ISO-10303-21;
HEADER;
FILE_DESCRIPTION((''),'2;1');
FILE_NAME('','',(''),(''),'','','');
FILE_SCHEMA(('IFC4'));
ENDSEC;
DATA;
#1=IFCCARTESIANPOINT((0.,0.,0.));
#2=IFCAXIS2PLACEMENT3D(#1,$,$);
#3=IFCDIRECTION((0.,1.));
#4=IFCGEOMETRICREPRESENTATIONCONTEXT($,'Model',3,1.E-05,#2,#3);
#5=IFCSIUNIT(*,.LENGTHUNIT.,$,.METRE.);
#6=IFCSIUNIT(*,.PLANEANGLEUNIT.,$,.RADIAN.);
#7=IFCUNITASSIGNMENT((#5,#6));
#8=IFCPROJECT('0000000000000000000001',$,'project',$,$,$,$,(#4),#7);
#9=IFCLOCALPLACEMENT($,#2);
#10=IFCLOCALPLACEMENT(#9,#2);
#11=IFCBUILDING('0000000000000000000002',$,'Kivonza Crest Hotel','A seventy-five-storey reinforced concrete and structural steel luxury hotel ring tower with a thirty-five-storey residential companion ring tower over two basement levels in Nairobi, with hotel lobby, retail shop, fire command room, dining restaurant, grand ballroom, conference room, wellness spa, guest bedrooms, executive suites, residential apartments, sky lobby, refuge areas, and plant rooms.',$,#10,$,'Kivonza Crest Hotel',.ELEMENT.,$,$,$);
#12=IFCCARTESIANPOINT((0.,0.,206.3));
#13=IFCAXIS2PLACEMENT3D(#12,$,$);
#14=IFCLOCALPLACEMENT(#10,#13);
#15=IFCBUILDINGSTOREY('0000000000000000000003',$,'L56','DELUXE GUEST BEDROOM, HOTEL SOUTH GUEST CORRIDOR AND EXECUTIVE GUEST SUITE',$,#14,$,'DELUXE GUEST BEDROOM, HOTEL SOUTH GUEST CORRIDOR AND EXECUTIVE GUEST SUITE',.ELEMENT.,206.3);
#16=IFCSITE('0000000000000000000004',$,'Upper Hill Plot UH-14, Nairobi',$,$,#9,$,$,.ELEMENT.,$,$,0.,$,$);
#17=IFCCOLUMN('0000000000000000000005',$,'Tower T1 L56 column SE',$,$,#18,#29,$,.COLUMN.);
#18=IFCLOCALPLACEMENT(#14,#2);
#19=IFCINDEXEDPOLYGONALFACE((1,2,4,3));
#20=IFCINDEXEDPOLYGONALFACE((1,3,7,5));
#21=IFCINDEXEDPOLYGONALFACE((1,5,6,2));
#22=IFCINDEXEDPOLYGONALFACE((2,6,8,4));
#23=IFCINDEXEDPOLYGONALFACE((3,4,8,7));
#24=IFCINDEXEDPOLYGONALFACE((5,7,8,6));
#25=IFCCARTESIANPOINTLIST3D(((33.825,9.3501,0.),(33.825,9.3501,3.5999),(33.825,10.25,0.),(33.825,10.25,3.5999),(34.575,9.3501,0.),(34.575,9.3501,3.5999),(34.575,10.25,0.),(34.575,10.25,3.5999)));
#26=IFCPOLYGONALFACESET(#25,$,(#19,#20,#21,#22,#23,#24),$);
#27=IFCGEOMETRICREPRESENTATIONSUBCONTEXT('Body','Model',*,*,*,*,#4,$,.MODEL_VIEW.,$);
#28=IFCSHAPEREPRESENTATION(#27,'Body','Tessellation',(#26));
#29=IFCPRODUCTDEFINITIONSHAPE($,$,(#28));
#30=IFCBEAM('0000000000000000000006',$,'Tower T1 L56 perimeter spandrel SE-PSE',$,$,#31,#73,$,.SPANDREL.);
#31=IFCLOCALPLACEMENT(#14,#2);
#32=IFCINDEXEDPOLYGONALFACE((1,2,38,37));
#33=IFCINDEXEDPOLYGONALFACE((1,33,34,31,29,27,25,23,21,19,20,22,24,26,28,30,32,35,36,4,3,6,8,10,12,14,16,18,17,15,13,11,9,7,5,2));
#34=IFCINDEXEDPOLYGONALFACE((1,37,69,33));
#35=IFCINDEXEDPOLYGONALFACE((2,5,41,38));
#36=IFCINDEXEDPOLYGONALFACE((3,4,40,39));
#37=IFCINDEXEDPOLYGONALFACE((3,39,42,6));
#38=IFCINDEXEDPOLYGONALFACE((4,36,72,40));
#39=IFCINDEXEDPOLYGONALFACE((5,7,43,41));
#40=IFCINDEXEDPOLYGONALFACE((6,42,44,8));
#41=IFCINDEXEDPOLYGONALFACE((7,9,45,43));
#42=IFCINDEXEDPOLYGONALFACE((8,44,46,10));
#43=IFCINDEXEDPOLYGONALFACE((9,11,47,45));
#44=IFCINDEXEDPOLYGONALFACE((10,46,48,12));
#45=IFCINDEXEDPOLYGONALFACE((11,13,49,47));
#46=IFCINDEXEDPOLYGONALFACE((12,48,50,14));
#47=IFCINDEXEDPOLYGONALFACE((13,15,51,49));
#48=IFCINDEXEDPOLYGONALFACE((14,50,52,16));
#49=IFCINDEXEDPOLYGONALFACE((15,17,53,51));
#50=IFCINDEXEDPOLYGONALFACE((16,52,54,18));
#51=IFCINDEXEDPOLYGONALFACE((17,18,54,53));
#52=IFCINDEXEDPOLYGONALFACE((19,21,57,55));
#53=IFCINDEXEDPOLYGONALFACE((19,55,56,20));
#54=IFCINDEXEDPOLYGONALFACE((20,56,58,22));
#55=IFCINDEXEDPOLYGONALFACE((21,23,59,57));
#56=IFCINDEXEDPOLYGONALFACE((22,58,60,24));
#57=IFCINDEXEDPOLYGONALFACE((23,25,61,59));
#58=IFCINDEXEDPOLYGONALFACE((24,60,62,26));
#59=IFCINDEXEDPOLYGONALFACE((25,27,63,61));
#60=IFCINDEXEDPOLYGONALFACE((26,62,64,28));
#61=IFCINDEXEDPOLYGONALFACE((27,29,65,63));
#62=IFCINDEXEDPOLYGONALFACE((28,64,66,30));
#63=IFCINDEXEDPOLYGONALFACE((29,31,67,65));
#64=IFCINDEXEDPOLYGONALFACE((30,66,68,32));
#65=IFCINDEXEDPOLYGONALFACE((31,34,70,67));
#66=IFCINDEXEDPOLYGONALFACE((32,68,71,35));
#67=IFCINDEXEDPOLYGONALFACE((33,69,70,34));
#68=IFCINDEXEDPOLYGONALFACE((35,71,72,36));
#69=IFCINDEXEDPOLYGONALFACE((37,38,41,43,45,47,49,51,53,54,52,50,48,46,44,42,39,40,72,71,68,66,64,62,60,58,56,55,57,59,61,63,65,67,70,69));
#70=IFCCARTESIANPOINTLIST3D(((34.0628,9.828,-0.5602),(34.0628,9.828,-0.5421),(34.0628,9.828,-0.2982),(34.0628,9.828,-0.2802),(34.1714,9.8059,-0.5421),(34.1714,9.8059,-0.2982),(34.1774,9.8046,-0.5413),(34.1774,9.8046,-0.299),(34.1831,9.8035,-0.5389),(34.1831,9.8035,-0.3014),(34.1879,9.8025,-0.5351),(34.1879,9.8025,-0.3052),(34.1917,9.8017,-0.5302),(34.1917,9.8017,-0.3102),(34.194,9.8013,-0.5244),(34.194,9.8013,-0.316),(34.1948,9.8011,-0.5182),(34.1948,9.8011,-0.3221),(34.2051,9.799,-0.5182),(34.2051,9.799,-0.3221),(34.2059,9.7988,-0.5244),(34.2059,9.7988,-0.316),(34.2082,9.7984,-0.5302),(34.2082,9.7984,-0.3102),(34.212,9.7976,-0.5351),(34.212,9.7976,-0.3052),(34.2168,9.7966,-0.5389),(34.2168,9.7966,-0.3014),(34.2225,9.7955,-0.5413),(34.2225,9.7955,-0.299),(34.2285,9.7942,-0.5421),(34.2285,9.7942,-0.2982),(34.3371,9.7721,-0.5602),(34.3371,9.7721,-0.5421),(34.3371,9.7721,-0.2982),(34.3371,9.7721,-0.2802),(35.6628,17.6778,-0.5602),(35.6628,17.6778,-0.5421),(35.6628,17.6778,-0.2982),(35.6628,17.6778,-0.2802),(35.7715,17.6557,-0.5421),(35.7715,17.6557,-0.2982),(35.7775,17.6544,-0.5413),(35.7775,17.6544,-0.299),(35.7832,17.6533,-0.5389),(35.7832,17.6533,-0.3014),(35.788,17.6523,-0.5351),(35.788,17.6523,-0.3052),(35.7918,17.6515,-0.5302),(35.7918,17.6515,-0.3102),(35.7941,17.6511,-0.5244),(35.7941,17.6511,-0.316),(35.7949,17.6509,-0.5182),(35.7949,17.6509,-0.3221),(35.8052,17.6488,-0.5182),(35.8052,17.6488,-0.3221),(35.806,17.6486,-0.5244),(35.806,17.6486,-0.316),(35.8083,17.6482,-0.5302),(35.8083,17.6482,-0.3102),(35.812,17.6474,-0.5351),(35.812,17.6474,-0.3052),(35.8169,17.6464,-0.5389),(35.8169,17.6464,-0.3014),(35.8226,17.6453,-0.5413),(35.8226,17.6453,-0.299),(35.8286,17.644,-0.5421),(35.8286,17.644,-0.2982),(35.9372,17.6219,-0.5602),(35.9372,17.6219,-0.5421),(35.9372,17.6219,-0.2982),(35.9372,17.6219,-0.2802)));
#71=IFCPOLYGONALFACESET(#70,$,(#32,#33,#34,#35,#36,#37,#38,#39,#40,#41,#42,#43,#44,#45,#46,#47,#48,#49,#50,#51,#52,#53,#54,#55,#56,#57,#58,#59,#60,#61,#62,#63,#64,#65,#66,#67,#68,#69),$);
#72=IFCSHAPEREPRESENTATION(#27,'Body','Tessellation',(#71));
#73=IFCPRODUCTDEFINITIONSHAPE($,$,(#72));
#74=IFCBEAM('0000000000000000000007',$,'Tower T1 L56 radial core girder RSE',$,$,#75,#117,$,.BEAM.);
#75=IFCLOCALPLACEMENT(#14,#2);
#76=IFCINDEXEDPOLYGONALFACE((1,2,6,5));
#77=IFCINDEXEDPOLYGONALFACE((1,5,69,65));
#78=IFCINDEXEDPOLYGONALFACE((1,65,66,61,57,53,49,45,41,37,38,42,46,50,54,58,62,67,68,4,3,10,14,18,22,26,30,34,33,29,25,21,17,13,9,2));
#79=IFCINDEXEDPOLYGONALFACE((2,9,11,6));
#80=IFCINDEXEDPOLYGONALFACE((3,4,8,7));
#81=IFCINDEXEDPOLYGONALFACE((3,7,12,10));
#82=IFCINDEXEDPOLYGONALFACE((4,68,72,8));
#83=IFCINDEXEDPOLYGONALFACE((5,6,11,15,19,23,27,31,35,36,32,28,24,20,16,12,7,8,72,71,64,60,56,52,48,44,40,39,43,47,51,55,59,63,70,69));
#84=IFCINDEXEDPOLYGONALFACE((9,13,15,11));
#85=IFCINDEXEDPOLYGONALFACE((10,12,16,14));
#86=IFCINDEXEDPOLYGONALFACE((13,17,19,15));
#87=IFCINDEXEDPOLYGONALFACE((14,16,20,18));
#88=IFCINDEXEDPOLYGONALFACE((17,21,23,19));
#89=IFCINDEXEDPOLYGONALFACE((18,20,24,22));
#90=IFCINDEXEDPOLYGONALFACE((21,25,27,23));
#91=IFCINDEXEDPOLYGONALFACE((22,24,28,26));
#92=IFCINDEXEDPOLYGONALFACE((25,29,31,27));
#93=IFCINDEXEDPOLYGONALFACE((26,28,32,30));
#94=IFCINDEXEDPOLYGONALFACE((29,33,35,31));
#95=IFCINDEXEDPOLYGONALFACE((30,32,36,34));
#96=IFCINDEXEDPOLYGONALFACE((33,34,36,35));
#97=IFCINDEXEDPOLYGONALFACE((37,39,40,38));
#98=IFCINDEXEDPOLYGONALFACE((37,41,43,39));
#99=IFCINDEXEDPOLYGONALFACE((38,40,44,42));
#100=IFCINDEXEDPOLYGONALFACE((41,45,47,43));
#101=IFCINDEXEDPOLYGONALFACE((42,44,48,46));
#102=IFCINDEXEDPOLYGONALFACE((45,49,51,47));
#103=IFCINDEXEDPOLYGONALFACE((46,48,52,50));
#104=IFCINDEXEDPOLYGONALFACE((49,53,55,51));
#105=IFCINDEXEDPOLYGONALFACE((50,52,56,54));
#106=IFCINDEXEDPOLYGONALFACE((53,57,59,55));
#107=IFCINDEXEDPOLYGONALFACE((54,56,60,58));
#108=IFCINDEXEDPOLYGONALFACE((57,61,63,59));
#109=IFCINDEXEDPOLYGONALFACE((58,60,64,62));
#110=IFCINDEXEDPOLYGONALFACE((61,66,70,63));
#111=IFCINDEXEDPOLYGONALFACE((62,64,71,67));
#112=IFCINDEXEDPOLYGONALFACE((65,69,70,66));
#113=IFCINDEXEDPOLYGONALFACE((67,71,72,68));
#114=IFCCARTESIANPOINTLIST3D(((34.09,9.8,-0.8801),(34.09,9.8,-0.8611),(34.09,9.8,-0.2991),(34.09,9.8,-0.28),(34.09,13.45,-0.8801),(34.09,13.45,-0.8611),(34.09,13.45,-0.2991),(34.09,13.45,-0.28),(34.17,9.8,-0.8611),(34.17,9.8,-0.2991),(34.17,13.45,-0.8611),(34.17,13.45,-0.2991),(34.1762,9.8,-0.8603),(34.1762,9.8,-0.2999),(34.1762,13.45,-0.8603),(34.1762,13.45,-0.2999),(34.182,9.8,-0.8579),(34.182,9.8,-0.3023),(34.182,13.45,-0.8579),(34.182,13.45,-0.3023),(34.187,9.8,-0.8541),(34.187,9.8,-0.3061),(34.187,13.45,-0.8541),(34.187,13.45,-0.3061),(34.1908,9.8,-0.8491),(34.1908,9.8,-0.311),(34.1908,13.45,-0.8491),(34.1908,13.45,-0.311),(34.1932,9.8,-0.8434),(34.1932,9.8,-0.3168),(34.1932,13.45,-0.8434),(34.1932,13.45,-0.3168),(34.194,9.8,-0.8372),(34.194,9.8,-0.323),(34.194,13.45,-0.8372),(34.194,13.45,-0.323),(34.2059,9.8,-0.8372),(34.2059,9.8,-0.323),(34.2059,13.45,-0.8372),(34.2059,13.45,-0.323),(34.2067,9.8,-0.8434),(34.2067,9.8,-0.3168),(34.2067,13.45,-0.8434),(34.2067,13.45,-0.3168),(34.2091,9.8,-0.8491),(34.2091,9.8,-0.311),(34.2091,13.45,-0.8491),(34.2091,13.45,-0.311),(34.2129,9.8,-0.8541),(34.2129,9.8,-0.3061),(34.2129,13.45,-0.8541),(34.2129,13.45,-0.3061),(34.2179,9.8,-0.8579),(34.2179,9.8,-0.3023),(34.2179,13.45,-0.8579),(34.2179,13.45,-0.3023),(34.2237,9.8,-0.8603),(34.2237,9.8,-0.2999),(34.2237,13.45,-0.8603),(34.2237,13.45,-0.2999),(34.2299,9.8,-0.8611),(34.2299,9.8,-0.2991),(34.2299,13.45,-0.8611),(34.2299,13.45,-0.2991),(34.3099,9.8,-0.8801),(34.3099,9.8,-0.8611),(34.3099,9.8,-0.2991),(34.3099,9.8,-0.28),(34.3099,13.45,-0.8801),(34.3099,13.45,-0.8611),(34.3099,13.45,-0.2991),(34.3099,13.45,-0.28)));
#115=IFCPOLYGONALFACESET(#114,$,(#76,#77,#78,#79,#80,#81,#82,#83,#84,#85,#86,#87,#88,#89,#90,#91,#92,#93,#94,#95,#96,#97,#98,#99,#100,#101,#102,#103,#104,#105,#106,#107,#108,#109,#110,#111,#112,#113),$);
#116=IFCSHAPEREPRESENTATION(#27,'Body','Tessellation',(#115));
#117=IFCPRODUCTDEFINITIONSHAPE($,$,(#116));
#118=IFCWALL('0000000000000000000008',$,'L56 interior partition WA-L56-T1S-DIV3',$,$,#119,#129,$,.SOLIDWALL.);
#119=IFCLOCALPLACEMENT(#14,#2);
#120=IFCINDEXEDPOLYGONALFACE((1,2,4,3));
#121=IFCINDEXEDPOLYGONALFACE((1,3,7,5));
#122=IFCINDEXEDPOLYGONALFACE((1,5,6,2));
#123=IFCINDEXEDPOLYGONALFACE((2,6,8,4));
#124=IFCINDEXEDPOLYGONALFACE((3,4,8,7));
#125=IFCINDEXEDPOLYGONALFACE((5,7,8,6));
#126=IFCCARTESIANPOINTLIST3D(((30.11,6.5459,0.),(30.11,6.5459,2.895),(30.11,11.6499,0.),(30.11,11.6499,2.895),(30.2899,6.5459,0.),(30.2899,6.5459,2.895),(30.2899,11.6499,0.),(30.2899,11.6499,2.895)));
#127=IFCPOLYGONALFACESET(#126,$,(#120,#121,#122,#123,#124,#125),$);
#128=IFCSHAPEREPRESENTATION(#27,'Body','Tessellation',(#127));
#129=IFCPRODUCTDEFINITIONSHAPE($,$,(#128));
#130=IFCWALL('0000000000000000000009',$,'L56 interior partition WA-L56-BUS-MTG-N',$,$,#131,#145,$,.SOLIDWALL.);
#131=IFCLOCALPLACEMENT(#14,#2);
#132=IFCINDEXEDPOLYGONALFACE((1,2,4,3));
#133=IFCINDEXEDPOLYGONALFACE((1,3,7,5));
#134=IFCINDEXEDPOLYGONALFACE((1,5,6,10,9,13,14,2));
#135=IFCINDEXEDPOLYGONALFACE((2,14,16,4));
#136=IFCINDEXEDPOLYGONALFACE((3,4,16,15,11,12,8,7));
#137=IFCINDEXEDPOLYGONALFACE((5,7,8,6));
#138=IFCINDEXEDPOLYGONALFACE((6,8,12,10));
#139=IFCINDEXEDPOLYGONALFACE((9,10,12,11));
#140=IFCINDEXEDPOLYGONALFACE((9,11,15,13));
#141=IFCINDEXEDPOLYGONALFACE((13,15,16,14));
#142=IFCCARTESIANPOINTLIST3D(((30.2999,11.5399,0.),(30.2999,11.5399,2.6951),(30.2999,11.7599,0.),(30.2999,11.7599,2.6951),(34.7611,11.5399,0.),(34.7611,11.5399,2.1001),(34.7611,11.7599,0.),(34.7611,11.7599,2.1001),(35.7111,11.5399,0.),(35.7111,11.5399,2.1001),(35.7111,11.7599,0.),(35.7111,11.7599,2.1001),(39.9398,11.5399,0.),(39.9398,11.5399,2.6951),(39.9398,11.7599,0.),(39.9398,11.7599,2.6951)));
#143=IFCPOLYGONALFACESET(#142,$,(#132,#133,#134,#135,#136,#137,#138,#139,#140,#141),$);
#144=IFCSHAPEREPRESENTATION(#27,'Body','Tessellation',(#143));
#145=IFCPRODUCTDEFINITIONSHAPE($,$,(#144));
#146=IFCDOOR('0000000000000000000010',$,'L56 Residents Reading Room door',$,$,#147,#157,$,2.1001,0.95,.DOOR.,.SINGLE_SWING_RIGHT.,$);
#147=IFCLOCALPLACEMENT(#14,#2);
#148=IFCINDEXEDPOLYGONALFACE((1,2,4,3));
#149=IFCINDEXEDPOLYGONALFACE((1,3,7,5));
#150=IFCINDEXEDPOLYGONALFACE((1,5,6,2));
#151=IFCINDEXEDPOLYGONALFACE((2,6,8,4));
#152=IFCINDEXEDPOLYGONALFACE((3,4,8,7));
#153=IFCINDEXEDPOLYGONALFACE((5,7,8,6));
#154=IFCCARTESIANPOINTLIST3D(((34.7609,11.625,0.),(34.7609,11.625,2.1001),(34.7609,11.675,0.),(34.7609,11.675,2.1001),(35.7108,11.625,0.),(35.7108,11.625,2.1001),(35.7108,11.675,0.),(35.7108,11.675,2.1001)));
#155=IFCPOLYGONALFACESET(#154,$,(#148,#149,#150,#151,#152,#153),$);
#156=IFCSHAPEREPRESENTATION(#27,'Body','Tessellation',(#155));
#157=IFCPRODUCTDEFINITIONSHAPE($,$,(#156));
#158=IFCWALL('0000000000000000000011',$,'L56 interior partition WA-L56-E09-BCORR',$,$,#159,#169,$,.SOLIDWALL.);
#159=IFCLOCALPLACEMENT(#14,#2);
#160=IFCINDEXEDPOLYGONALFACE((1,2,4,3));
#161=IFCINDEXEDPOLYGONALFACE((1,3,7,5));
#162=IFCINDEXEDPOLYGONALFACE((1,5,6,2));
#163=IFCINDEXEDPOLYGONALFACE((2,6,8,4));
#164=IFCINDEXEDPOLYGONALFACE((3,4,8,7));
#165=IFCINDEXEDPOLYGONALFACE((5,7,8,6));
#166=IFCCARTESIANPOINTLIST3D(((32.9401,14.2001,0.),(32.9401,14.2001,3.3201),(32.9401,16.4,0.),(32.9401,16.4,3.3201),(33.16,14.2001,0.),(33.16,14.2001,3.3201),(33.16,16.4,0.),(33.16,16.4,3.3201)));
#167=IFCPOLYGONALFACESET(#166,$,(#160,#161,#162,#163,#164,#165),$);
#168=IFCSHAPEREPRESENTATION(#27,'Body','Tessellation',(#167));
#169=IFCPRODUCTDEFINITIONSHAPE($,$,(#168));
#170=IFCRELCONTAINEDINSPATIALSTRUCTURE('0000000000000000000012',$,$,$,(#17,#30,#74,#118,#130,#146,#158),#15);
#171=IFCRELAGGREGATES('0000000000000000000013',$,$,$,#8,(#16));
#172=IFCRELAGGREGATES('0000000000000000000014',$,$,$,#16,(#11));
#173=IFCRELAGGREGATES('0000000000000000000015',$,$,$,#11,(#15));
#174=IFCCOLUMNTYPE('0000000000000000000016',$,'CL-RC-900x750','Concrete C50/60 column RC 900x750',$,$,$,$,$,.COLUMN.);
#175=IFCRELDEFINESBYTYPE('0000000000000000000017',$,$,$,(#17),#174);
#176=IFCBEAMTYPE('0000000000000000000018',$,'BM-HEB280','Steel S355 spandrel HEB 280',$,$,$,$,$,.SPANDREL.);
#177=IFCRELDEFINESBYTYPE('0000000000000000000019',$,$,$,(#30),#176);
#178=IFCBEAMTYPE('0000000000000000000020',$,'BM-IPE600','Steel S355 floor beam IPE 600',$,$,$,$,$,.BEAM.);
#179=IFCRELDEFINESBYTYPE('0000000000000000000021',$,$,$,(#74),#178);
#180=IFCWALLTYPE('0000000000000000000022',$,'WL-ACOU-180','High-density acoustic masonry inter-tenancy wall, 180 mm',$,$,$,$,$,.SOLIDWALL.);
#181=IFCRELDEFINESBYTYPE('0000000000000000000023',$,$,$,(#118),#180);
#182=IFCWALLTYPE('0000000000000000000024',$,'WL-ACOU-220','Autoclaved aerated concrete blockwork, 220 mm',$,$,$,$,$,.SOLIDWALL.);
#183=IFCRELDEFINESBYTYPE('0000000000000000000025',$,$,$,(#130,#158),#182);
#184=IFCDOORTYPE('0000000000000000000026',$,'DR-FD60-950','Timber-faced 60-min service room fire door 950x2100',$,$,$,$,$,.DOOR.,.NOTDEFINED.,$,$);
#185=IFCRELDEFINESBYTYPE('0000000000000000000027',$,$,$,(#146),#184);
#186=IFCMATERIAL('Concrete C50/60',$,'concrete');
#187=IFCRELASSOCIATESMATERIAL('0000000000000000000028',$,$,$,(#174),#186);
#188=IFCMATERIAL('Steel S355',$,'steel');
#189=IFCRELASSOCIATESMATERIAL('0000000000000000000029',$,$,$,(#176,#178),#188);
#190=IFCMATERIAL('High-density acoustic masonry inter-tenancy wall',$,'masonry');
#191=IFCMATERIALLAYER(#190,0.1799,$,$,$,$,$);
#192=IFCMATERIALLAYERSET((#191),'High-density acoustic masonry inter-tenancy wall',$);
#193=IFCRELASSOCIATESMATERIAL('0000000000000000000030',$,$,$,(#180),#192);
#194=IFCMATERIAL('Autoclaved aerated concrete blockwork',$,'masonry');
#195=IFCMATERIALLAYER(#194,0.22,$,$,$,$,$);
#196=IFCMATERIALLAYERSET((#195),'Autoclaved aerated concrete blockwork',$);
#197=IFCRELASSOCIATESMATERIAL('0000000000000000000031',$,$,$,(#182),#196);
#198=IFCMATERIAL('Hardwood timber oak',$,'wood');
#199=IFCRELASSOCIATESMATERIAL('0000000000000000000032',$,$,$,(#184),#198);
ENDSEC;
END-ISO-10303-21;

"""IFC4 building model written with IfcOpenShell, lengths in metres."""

from ifc_helpers import new_model, si_unit, direction, frame, frame_2d, origin, origin_2d, place, context, subcontext, project, spatial, rectangle, i_section, extrude, material, layer, layer_set, material_profile, profile_set, type_object, element, fill, save


model = new_model("IFC4")

# Units and contexts
model_context = context("Model", 3, precision=1e-05, world=origin(), true_north=direction((0.0, 1.0)))
body_context = subcontext(model_context, "Body", "Model", "MODEL_VIEW")
ifc_project = project(units=[si_unit("LENGTHUNIT", "METRE"), si_unit("PLANEANGLEUNIT", "RADIAN")], contexts=[model_context])

# Site, building, storey
site_placement = place(None, origin())
site = spatial("IfcSite", under=ifc_project, at=site_placement, Name="Upper Hill Plot UH-14, Nairobi", CompositionType="ELEMENT", RefElevation=0.0)
building_placement = place(site_placement, origin())
building = spatial("IfcBuilding", under=site, at=building_placement, Name="Kivonza Crest Hotel", Description="A seventy-five-storey reinforced concrete and structural steel luxury hotel ring tower with a thirty-five-storey residential companion ring tower over two basement levels in Nairobi, with hotel lobby, retail shop, fire command room, dining restaurant, grand ballroom, conference room, wellness spa, guest bedrooms, executive suites, residential apartments, sky lobby, refuge areas, and plant rooms.", LongName="Kivonza Crest Hotel", CompositionType="ELEMENT")
storey_placement = place(building_placement, frame((0.0, 0.0, 206.3)))
storey = spatial("IfcBuildingStorey", under=building, at=storey_placement, Name="L56", Description="DELUXE GUEST BEDROOM, HOTEL SOUTH GUEST CORRIDOR AND EXECUTIVE GUEST SUITE", LongName="DELUXE GUEST BEDROOM, HOTEL SOUTH GUEST CORRIDOR AND EXECUTIVE GUEST SUITE", CompositionType="ELEMENT", Elevation=206.3)

# Column
ifc_material_1 = material(Name="Concrete C50/60", Category="concrete")
ifc_material_profile_1 = material_profile(ifc_material_1, rectangle(XDim=0.75, YDim=0.8999, at=origin_2d()), Name="RC 900x750")
ifc_profile_set_1 = profile_set([ifc_material_profile_1], Name="Concrete C50/60")
column_type = type_object("IfcColumnType", Name="CL-RC-900x750", Description="Concrete C50/60 column RC 900x750", PredefinedType="COLUMN", material=ifc_profile_set_1)
column_placement = place(storey_placement, frame((34.2, 9.8, 0.0), z_axis=(0.0, 0.0, 1.0), x_axis=(1.0, 0.0, 0.0)))
element("IfcColumn", 1, at=column_placement, inside=storey, type_object=column_type, Name="Tower T1 L56 column SE", PredefinedType="COLUMN", context=body_context, shape_type="SweptSolid", body=[
    extrude(rectangle(XDim=0.75, YDim=0.8999, at=origin_2d()), origin(), (0.0, 0.0, 1.0), 3.5999),
])

# Beams
ifc_material_2 = material(Name="Steel S355", Category="steel")
ifc_material_profile_2 = material_profile(ifc_material_2, i_section(OverallWidth=0.28, OverallDepth=0.28, WebThickness=0.0105, FlangeThickness=0.0181, FilletRadius=0.0239, at=origin_2d()), Name="HEB 280")
ifc_profile_set_2 = profile_set([ifc_material_profile_2], Name="Steel S355")
beam_type_1 = type_object("IfcBeamType", Name="BM-HEB280", Description="Steel S355 spandrel HEB 280", PredefinedType="SPANDREL", material=ifc_profile_set_2)
beam_1_placement = place(storey_placement, frame((34.2, 9.8, -0.4202), z_axis=(0.199731, 0.979851, 0.0), x_axis=(-0.979851, 0.199731, 0.0)))
element("IfcBeam", 2, at=beam_1_placement, inside=storey, type_object=beam_type_1, Name="Tower T1 L56 perimeter spandrel SE-PSE", PredefinedType="SPANDREL", context=body_context, shape_type="SweptSolid", body=[
    extrude(i_section(OverallWidth=0.28, OverallDepth=0.28, WebThickness=0.0105, FlangeThickness=0.0181, FilletRadius=0.0239, at=origin_2d()), origin(), (0.0, 0.0, 1.0), 8.0112),
])
ifc_material_profile_3 = material_profile(ifc_material_2, i_section(OverallWidth=0.22, OverallDepth=0.6001, WebThickness=0.012, FlangeThickness=0.019, FilletRadius=0.0239, at=origin_2d()), Name="IPE 600")
ifc_profile_set_3 = profile_set([ifc_material_profile_3], Name="Steel S355")
beam_type_2 = type_object("IfcBeamType", Name="BM-IPE600", Description="Steel S355 floor beam IPE 600", PredefinedType="BEAM", material=ifc_profile_set_3)
beam_2_placement = place(storey_placement, frame((34.2, 9.8, -0.5801), z_axis=(0.0, 1.0, 0.0), x_axis=(-1.0, 0.0, 0.0)))
element("IfcBeam", 3, at=beam_2_placement, inside=storey, type_object=beam_type_2, Name="Tower T1 L56 radial core girder RSE", PredefinedType="BEAM", context=body_context, shape_type="SweptSolid", body=[
    extrude(i_section(OverallWidth=0.22, OverallDepth=0.6001, WebThickness=0.012, FlangeThickness=0.019, FilletRadius=0.0239, at=origin_2d()), origin(), (0.0, 0.0, 1.0), 3.6499),
])

# Wall
ifc_material_3 = material(Name="High-density acoustic masonry inter-tenancy wall", Category="masonry")
ifc_layer_1 = layer(ifc_material_3, 0.1799)
ifc_layer_set_1 = layer_set([ifc_layer_1], Name="High-density acoustic masonry inter-tenancy wall")
wall_type_1 = type_object("IfcWallType", Name="WL-ACOU-180", Description="High-density acoustic masonry inter-tenancy wall, 180 mm", PredefinedType="SOLIDWALL", material=ifc_layer_set_1)
wall_1_placement = place(storey_placement, frame((30.2, 6.5459, 0.0), z_axis=(0.0, 0.0, 1.0), x_axis=(0.0, 1.0, 0.0)))
element("IfcWall", 4, at=wall_1_placement, inside=storey, type_object=wall_type_1, Name="L56 interior partition WA-L56-T1S-DIV3", PredefinedType="SOLIDWALL", context=body_context, shape_type="SweptSolid", body=[
    extrude(rectangle(XDim=5.104, YDim=0.1799, at=frame_2d((2.552, 0.0))), origin(), (0.0, 0.0, 1.0), 2.895),
])

# Wall, opening, door
ifc_material_4 = material(Name="Autoclaved aerated concrete blockwork", Category="masonry")
ifc_layer_2 = layer(ifc_material_4, 0.22)
ifc_layer_set_2 = layer_set([ifc_layer_2], Name="Autoclaved aerated concrete blockwork")
wall_type_2 = type_object("IfcWallType", Name="WL-ACOU-220", Description="Autoclaved aerated concrete blockwork, 220 mm", PredefinedType="SOLIDWALL", material=ifc_layer_set_2)
wall_2_placement = place(storey_placement, frame((30.3, 11.6499, 0.0), z_axis=(0.0, 0.0, 1.0), x_axis=(1.0, 0.0, 0.0)))
wall_2 = element("IfcWall", 5, at=wall_2_placement, inside=storey, type_object=wall_type_2, Name="L56 interior partition WA-L56-BUS-MTG-N", PredefinedType="SOLIDWALL", context=body_context, shape_type="SweptSolid", body=[
    extrude(rectangle(XDim=9.6399, YDim=0.22, at=frame_2d((4.8198, 0.0))), origin(), (0.0, 0.0, 1.0), 2.6951),
])
opening_1_placement = place(wall_2_placement, frame((4.4609, 0.0, 0.0)))
opening_1 = element("IfcOpeningElement", 6, at=opening_1_placement, cuts=wall_2, PredefinedType="OPENING", context=body_context, shape_type="SweptSolid", body=[
    extrude(rectangle(XDim=0.95, YDim=2.1001, at=frame_2d((0.4751, 1.05))), frame((0.0, 0.1201, 0.0), z_axis=(0.0, -1.0, 0.0), x_axis=(1.0, 0.0, 0.0)), (0.0, 0.0, 1.0), 0.24),
])
ifc_material_5 = material(Name="Hardwood timber oak", Category="wood")
door_type_1 = type_object("IfcDoorType", Name="DR-FD60-950", Description="Timber-faced 60-min service room fire door 950x2100", OperationType="NOTDEFINED", PredefinedType="DOOR", material=ifc_material_5)
door_1_placement = place(opening_1_placement, frame((0.95, 0.0, 0.0), z_axis=(0.0, 0.0, 1.0), x_axis=(-1.0, 0.0, 0.0)))
door_1 = element("IfcDoor", 7, at=door_1_placement, inside=storey, type_object=door_type_1, Name="L56 Residents Reading Room door", OperationType="SINGLE_SWING_RIGHT", OverallHeight=2.1001, OverallWidth=0.95, PredefinedType="DOOR", context=body_context, shape_type="SweptSolid", body=[
    extrude(rectangle(XDim=0.95, YDim=2.1001, at=frame_2d((0.4751, 1.05))), frame((0.0, 0.0249, 0.0), z_axis=(0.0, -1.0, 0.0), x_axis=(1.0, 0.0, 0.0)), (0.0, 0.0, 1.0), 0.05),
])
fill(opening_1, door_1)

# Wall
wall_3_placement = place(storey_placement, frame((33.05, 14.2, 0.0), z_axis=(0.0, 0.0, 1.0), x_axis=(0.0, 1.0, 0.0)))
element("IfcWall", 8, at=wall_3_placement, inside=storey, type_object=wall_type_2, Name="L56 interior partition WA-L56-E09-BCORR", PredefinedType="SOLIDWALL", context=body_context, shape_type="SweptSolid", body=[
    extrude(rectangle(XDim=2.2, YDim=0.22, at=frame_2d((1.1001, 0.0))), origin(), (0.0, 0.0, 1.0), 3.3201),
])

save(model, "model.ifc")
